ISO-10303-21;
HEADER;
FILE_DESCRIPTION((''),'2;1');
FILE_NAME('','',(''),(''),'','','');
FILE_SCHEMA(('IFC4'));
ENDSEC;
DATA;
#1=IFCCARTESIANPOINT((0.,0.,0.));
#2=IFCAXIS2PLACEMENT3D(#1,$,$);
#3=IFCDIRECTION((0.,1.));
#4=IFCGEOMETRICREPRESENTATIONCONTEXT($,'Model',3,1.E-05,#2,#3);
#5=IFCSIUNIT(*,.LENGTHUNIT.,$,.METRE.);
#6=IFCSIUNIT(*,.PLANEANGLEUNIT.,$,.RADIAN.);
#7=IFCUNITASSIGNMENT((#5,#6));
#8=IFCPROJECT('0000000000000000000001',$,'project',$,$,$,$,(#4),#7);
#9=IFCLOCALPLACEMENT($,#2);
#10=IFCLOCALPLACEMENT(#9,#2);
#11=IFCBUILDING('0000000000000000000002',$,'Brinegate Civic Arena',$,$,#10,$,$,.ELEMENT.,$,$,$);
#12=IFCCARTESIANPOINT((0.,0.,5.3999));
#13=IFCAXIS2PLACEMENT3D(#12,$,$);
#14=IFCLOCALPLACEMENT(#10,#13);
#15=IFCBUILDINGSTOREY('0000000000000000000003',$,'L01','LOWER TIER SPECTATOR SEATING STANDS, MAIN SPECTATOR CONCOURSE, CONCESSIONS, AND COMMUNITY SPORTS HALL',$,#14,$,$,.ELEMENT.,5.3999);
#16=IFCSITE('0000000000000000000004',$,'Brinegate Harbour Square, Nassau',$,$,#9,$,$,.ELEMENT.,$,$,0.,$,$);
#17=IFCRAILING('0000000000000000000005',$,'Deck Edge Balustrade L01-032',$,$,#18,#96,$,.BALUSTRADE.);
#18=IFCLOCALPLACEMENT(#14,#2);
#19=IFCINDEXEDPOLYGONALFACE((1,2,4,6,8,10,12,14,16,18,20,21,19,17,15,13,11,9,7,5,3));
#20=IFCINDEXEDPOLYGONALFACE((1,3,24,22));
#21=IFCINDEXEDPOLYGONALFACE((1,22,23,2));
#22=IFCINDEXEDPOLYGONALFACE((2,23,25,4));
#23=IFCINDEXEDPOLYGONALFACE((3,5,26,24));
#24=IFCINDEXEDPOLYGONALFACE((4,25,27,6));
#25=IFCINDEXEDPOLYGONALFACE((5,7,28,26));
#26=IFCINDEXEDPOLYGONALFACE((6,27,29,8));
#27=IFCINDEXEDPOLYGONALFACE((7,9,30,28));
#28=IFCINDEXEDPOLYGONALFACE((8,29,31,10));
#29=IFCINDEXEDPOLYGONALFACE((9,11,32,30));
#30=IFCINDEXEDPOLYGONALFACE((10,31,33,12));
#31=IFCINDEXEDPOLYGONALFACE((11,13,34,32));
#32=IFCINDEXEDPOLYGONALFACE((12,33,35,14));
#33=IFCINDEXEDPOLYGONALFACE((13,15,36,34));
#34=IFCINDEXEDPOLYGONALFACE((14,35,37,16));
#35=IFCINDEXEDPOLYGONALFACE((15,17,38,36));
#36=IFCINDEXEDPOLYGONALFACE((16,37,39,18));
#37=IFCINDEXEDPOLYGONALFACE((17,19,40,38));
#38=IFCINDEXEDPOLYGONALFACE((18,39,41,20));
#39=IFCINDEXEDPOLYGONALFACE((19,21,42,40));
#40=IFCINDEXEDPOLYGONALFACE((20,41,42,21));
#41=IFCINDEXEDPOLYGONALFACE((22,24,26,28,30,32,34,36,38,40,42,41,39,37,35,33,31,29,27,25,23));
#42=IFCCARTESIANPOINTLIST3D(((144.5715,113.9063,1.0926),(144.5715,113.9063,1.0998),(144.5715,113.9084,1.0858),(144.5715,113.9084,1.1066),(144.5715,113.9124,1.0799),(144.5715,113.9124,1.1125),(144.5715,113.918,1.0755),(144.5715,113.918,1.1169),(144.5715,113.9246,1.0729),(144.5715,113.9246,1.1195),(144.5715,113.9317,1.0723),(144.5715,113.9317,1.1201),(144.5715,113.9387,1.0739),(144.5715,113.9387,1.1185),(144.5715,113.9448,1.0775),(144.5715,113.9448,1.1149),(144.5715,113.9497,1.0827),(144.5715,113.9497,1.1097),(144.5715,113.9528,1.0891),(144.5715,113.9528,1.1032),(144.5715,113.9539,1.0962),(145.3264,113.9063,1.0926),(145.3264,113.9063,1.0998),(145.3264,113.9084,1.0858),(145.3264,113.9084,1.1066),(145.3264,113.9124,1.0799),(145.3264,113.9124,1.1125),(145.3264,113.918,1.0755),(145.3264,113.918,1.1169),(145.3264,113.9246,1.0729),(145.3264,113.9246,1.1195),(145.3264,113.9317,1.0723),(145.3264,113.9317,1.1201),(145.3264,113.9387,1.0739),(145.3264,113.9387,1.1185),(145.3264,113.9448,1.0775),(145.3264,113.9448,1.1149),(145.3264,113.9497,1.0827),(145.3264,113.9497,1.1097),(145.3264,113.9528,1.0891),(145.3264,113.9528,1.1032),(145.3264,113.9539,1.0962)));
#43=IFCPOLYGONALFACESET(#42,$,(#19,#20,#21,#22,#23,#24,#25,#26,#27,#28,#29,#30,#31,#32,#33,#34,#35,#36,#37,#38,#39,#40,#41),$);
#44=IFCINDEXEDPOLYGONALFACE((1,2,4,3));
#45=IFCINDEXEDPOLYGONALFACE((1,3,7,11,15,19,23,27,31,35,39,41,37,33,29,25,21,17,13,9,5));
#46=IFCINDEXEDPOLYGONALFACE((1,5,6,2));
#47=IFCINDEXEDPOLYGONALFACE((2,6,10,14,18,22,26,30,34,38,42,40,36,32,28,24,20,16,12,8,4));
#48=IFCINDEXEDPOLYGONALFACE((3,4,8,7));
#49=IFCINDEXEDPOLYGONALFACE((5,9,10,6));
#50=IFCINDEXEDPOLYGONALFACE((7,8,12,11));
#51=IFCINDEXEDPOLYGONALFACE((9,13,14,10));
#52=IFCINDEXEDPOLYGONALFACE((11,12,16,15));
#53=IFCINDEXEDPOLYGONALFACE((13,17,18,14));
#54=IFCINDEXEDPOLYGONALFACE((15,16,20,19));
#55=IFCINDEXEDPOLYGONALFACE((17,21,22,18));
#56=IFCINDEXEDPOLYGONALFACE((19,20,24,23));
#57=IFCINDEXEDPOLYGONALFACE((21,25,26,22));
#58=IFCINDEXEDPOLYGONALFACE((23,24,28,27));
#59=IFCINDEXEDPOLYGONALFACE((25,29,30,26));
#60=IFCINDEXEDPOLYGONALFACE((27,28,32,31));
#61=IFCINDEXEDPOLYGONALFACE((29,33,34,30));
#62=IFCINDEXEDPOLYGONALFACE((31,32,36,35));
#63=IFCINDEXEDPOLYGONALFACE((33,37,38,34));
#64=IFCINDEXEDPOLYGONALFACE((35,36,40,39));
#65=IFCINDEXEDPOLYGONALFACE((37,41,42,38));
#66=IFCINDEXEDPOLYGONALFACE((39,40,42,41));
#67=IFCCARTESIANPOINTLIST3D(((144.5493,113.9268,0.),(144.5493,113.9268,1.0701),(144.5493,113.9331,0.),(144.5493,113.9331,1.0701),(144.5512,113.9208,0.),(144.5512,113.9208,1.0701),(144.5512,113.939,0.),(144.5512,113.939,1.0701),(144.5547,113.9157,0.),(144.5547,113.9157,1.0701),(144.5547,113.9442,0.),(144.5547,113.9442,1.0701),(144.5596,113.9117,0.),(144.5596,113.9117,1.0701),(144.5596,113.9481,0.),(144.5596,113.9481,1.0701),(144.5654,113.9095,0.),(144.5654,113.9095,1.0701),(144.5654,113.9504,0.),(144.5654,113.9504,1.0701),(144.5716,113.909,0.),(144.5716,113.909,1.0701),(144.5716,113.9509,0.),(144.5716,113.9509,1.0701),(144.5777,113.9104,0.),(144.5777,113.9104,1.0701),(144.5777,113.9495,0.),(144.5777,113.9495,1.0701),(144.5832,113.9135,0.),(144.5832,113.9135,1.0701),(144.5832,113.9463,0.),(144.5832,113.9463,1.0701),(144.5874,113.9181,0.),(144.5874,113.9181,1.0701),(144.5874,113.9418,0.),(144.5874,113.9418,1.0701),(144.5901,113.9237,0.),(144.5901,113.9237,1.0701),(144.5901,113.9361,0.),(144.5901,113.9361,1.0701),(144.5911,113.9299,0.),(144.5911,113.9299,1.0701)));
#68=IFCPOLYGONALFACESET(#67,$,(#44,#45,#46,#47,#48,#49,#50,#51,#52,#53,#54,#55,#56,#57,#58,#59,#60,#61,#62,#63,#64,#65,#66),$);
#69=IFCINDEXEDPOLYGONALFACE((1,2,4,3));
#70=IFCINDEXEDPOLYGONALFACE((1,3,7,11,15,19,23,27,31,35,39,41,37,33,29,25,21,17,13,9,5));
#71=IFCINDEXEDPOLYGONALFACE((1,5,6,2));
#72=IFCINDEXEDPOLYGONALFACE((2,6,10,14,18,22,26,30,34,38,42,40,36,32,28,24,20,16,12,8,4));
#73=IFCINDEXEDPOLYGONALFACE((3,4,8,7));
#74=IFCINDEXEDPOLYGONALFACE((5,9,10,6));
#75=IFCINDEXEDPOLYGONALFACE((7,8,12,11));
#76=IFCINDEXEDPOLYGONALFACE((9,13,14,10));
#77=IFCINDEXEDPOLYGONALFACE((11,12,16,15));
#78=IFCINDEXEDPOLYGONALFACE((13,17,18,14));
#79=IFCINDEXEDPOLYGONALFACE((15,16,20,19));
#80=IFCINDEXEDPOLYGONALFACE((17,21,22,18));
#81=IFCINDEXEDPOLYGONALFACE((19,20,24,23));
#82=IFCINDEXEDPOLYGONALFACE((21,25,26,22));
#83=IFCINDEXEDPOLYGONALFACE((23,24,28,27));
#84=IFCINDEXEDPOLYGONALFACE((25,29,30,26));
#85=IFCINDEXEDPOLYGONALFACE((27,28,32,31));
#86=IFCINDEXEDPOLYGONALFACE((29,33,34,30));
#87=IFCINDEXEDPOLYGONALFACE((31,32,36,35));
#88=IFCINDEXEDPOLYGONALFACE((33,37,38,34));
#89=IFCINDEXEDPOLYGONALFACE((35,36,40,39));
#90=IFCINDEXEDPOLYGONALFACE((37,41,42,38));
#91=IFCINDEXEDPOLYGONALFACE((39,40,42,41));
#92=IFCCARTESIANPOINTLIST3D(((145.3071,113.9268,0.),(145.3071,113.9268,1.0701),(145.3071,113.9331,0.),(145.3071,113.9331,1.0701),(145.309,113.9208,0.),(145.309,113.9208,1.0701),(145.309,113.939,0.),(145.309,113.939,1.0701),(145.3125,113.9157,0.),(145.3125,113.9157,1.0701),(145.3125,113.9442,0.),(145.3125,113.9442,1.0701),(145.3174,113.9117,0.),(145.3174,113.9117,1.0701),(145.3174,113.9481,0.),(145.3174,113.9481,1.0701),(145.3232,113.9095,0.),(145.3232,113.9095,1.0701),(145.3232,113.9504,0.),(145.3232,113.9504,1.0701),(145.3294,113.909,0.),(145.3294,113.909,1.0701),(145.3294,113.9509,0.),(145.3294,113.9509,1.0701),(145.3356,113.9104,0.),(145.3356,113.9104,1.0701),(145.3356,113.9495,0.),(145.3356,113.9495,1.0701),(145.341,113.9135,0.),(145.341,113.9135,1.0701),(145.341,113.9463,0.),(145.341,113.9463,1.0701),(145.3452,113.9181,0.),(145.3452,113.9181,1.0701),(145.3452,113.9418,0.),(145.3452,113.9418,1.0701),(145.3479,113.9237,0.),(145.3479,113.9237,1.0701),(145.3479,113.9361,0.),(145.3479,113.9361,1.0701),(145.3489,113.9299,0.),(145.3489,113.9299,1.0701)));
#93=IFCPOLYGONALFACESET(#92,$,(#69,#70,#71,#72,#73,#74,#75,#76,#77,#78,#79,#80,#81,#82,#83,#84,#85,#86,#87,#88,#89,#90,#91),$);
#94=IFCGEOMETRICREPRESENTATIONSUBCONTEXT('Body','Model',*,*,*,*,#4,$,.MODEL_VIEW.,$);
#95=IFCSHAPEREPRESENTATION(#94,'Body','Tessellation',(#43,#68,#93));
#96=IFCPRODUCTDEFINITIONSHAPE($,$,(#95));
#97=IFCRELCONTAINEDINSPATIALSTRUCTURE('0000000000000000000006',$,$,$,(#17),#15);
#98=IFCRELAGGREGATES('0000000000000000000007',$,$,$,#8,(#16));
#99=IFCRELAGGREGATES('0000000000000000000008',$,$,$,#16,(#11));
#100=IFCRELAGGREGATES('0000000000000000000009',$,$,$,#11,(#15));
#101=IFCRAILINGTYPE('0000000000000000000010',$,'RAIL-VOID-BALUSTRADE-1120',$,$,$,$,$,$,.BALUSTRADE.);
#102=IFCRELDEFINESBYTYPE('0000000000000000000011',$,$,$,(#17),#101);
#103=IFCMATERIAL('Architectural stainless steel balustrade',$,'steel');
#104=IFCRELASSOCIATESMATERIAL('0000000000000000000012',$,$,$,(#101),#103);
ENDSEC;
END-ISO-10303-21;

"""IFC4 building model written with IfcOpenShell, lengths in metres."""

from ifc_helpers import new_model, si_unit, direction, frame, origin, origin_2d, place, context, subcontext, project, spatial, circle, extrude, material, type_object, element, save


model = new_model("IFC4")

# Units and contexts
model_context = context("Model", 3, precision=1e-05, world=origin(), true_north=direction((0.0, 1.0)))
body_context = subcontext(model_context, "Body", "Model", "MODEL_VIEW")
ifc_project = project(units=[si_unit("LENGTHUNIT", "METRE"), si_unit("PLANEANGLEUNIT", "RADIAN")], contexts=[model_context])

# Site, building, storey
site_placement = place(None, origin())
site = spatial("IfcSite", under=ifc_project, at=site_placement, Name="Brinegate Harbour Square, Nassau", CompositionType="ELEMENT", RefElevation=0.0)
building_placement = place(site_placement, origin())
building = spatial("IfcBuilding", under=site, at=building_placement, Name="Brinegate Civic Arena", CompositionType="ELEMENT")
storey_placement = place(building_placement, frame((0.0, 0.0, 5.3999)))
storey = spatial("IfcBuildingStorey", under=building, at=storey_placement, Name="L01", Description="LOWER TIER SPECTATOR SEATING STANDS, MAIN SPECTATOR CONCOURSE, CONCESSIONS, AND COMMUNITY SPORTS HALL", CompositionType="ELEMENT", Elevation=5.3999)

# Railing
ifc_material_1 = material(Name="Architectural stainless steel balustrade", Category="steel")
railing_type_1 = type_object("IfcRailingType", Name="RAIL-VOID-BALUSTRADE-1120", PredefinedType="BALUSTRADE", material=ifc_material_1)
railing_placement = place(storey_placement, frame((144.5701, 113.9299, 0.0)))
element("IfcRailing", 1, at=railing_placement, inside=storey, type_object=railing_type_1, Name="Deck Edge Balustrade L01-032", PredefinedType="BALUSTRADE", context=body_context, shape_type="SweptSolid", body=[
    extrude(circle(Radius=0.0239, at=origin_2d()), frame((0.0015, 0.0, 1.0962), z_axis=(1.0, 0.0, 0.0), x_axis=(0.0, 1.0, 0.0)), (0.0, 0.0, 1.0), 0.7549),
    extrude(circle(Radius=0.021, at=origin_2d()), origin(), (0.0, 0.0, 1.0), 1.0701),
    extrude(circle(Radius=0.021, at=origin_2d()), frame((0.7578, 0.0, 0.0)), (0.0, 0.0, 1.0), 1.0701),
])

save(model, "model.ifc")
